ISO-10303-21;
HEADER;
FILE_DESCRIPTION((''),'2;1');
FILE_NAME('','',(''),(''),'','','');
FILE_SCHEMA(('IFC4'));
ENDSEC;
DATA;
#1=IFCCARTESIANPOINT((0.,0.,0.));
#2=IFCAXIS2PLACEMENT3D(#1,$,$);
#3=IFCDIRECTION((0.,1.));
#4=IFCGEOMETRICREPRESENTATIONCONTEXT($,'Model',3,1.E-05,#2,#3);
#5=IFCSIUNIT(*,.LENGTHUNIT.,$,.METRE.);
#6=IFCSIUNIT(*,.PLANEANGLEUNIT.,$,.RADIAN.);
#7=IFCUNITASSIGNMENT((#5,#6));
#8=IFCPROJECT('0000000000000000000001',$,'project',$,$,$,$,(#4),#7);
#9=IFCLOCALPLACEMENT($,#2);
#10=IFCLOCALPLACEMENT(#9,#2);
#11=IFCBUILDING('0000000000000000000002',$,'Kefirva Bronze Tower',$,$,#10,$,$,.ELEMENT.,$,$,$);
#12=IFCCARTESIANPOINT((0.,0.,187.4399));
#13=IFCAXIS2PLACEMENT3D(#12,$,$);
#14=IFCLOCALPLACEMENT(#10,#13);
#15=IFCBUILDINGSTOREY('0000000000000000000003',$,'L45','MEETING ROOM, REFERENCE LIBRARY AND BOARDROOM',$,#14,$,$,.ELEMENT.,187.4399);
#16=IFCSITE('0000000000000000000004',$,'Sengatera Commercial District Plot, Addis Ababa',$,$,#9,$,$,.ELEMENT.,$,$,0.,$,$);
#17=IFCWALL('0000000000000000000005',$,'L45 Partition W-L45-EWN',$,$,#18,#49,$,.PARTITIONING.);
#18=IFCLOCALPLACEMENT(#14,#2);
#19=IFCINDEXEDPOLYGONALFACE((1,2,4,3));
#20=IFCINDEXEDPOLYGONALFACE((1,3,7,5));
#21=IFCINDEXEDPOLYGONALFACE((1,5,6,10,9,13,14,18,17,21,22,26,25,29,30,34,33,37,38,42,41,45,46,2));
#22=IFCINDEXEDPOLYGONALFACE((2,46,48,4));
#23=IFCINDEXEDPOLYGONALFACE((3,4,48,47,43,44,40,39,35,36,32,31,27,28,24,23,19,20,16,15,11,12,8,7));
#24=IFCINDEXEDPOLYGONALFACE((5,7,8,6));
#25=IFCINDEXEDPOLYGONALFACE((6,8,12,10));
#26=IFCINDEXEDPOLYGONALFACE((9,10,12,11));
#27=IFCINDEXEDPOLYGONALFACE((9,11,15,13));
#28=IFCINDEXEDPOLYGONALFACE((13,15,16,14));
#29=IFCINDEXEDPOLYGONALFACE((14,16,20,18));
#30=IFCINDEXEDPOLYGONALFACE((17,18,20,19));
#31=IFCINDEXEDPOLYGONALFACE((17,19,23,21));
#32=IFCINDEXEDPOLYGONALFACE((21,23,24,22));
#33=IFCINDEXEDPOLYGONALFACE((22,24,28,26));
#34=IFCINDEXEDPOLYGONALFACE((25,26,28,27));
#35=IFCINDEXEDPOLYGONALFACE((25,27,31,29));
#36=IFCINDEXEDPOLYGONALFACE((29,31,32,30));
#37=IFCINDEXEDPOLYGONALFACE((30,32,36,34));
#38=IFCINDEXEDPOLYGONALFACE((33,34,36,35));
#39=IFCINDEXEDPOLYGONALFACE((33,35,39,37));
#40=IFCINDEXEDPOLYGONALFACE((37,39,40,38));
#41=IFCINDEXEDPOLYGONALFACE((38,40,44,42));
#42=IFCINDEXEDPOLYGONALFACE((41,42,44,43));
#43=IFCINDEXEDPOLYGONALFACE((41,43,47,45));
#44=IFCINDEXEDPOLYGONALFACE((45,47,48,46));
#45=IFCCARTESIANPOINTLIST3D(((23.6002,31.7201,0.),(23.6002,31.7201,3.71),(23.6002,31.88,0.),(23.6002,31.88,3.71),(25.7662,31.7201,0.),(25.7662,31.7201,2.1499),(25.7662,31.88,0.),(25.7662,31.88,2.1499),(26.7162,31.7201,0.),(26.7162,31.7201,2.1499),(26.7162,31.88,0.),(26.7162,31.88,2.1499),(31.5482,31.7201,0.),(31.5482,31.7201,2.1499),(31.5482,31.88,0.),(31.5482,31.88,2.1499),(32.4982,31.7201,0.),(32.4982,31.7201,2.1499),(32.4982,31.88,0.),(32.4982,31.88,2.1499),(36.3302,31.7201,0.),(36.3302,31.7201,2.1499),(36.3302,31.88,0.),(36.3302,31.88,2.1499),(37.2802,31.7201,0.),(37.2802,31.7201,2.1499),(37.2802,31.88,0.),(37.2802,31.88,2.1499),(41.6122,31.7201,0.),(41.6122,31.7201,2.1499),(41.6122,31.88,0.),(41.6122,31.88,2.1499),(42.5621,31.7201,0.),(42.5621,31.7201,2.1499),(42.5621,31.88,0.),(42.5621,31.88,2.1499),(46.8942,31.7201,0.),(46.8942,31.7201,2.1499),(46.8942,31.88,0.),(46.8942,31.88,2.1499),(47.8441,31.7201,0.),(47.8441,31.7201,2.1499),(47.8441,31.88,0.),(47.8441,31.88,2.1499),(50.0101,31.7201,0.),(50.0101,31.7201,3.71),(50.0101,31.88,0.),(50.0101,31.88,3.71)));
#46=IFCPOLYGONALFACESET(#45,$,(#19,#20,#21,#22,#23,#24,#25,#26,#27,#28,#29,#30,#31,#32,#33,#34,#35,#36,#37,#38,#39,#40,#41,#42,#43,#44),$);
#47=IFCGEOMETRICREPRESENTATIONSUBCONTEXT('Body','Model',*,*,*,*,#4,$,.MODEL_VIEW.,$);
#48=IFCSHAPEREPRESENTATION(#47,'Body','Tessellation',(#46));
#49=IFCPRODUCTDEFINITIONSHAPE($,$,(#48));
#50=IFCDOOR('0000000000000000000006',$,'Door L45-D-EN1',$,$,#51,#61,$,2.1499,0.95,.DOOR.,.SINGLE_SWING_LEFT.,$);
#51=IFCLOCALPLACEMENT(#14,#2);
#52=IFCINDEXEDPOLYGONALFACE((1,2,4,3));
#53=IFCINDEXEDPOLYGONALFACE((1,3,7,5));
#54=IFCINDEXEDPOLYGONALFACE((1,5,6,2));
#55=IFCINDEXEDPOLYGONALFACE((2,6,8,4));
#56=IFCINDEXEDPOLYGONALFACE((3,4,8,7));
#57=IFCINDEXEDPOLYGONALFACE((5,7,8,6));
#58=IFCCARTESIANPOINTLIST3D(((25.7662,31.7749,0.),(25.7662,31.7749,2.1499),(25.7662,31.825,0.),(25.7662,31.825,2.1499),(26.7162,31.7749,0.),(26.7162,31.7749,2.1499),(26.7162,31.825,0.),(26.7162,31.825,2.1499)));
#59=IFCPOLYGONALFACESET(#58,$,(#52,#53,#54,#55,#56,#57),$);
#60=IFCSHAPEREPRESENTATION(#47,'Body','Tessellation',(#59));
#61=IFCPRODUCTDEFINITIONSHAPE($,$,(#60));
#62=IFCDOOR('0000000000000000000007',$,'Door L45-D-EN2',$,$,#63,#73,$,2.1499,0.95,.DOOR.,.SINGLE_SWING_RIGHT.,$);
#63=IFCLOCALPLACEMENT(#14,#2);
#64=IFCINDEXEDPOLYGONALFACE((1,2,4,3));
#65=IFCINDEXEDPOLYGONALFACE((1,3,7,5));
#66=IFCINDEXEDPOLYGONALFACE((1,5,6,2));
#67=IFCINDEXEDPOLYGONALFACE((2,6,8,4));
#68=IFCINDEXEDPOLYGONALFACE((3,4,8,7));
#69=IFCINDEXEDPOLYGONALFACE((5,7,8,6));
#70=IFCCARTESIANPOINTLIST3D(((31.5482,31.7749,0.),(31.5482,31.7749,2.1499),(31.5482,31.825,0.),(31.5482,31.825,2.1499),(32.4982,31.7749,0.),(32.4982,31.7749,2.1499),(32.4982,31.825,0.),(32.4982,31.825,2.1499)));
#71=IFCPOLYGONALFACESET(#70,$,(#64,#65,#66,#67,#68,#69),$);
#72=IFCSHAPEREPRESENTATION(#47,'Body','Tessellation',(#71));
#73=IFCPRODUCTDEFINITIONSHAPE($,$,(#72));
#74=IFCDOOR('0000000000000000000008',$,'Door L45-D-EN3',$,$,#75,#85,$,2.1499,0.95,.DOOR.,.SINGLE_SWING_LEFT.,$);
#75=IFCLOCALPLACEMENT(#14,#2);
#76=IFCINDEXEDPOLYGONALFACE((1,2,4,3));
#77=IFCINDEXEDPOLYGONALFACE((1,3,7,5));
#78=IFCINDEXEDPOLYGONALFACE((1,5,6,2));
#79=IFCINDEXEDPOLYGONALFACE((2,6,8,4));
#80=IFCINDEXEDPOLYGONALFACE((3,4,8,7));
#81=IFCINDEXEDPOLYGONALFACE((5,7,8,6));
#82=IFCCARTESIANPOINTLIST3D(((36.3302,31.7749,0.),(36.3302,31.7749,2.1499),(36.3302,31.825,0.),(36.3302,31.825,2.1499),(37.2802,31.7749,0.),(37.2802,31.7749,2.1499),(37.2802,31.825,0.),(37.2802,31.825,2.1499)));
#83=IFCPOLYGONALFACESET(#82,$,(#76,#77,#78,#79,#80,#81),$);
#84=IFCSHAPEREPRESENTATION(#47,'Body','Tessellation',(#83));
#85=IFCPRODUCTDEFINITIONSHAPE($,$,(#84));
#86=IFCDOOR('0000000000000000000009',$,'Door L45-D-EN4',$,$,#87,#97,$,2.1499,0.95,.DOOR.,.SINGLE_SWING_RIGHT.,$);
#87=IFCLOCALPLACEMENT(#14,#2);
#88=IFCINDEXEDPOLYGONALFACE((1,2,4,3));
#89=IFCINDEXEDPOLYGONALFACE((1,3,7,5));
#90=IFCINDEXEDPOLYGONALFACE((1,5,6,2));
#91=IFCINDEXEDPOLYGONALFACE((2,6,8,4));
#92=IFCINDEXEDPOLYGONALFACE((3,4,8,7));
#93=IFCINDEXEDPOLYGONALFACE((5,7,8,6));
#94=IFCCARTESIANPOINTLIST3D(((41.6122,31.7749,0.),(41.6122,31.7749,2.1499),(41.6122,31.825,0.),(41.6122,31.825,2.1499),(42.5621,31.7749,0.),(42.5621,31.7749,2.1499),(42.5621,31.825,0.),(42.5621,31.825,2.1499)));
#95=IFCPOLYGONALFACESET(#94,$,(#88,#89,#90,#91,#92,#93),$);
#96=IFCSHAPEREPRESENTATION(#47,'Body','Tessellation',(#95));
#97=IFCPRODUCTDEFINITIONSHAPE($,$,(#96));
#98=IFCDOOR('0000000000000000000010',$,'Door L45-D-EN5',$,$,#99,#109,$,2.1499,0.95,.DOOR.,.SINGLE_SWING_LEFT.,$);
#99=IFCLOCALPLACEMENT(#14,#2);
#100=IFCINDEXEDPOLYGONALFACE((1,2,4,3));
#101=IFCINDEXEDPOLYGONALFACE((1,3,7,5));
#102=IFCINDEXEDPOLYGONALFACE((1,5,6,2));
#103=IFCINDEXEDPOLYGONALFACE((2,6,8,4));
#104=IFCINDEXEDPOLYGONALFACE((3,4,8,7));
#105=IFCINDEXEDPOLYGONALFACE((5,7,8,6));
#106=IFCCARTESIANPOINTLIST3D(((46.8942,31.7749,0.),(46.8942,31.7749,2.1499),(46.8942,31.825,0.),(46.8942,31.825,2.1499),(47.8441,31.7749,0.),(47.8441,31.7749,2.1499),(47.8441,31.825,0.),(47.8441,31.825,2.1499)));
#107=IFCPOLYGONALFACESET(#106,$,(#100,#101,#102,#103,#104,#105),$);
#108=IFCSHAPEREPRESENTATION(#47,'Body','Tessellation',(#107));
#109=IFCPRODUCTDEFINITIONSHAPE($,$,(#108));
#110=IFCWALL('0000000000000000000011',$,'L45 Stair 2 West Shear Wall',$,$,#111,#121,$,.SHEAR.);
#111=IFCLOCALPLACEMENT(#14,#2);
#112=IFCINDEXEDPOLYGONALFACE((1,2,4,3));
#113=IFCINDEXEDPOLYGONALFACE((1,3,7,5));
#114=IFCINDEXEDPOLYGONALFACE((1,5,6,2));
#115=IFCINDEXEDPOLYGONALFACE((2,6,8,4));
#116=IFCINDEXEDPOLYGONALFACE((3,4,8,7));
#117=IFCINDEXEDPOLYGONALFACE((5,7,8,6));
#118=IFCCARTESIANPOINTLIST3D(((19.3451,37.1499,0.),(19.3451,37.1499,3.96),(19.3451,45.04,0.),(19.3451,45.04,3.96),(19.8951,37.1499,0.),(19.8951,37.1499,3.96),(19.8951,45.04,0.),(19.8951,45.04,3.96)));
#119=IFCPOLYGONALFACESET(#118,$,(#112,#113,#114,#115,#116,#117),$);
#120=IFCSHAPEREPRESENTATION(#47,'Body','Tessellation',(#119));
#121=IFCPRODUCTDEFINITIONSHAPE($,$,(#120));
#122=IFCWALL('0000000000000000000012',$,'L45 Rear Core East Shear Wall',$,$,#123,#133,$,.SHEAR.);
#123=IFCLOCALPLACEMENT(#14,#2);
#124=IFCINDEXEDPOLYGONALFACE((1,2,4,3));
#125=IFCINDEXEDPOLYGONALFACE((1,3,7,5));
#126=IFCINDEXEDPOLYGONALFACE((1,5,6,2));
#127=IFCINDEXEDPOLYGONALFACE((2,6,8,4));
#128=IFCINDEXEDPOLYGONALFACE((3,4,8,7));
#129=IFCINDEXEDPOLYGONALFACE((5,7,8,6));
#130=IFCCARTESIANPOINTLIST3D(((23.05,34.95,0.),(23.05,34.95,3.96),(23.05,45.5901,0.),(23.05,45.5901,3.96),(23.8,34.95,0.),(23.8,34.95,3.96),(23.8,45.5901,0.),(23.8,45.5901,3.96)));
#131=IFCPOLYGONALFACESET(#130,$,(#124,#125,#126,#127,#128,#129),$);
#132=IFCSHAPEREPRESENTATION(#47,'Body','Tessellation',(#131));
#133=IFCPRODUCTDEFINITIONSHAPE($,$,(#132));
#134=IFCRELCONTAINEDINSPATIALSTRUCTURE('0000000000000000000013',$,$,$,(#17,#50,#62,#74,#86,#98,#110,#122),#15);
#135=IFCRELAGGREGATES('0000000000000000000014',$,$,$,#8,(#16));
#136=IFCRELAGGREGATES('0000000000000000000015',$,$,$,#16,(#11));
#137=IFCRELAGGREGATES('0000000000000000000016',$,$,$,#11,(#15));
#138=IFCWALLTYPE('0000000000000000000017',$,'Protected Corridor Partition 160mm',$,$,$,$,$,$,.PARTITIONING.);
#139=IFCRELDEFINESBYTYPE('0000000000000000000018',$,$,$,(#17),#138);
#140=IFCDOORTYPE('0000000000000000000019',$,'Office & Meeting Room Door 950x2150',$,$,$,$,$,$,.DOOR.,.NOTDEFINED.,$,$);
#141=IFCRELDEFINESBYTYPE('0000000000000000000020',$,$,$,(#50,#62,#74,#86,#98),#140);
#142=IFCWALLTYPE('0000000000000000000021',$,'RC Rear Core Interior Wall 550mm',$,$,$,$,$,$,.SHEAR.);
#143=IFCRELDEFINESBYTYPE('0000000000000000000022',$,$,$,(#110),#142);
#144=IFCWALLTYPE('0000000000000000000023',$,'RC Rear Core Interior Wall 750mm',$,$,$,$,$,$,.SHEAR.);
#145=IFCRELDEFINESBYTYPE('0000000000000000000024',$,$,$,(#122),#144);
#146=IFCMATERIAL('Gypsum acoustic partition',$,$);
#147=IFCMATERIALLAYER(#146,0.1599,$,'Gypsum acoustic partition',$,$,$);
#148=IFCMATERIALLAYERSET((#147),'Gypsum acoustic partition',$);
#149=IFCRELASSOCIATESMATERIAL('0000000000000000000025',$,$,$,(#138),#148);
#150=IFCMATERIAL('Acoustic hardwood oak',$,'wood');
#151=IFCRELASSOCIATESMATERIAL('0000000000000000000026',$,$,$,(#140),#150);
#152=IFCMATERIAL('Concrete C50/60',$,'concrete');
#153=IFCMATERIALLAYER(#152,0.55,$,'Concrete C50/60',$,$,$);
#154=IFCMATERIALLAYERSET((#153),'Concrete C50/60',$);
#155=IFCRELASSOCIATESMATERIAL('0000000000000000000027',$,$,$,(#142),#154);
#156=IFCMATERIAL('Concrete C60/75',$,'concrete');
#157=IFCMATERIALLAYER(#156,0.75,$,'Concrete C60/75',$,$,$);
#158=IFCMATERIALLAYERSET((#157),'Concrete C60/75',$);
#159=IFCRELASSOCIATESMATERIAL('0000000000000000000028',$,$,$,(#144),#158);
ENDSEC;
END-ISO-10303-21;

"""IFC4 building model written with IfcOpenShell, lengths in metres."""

from ifc_helpers import new_model, si_unit, direction, frame, frame_2d, origin, place, context, subcontext, project, spatial, rectangle, extrude, material, layer, layer_set, type_object, element, fill, save


model = new_model("IFC4")

# Units and contexts
model_context = context("Model", 3, precision=1e-05, world=origin(), true_north=direction((0.0, 1.0)))
body_context = subcontext(model_context, "Body", "Model", "MODEL_VIEW")
ifc_project = project(units=[si_unit("LENGTHUNIT", "METRE"), si_unit("PLANEANGLEUNIT", "RADIAN")], contexts=[model_context])

# Site, building, storey
site_placement = place(None, origin())
site = spatial("IfcSite", under=ifc_project, at=site_placement, Name="Sengatera Commercial District Plot, Addis Ababa", CompositionType="ELEMENT", RefElevation=0.0)
building_placement = place(site_placement, origin())
building = spatial("IfcBuilding", under=site, at=building_placement, Name="Kefirva Bronze Tower", CompositionType="ELEMENT")
storey_placement = place(building_placement, frame((0.0, 0.0, 187.4399)))
storey = spatial("IfcBuildingStorey", under=building, at=storey_placement, Name="L45", Description="MEETING ROOM, REFERENCE LIBRARY AND BOARDROOM", CompositionType="ELEMENT", Elevation=187.4399)

# Shared definitions
ifc_material_1 = material(Name="Concrete C60/75", Category="concrete")

# Shared definitions
ifc_material_2 = material(Name="Gypsum acoustic partition")

# Shared definitions
ifc_layer_1 = layer(ifc_material_2, 0.1599, Name="Gypsum acoustic partition")
ifc_layer_set_1 = layer_set([ifc_layer_1], Name="Gypsum acoustic partition")
wall_type_1 = type_object("IfcWallType", Name="Protected Corridor Partition 160mm", PredefinedType="PARTITIONING", material=ifc_layer_set_1)
ifc_material_3 = material(Name="Acoustic hardwood oak", Category="wood")
door_type_1 = type_object("IfcDoorType", Name="Office & Meeting Room Door 950x2150", OperationType="NOTDEFINED", PredefinedType="DOOR", material=ifc_material_3)

# Wall, openings, doors
wall_1_placement = place(storey_placement, frame((23.6001, 31.8, 0.0), z_axis=(0.0, 0.0, 1.0), x_axis=(1.0, 0.0, 0.0)))
wall_1 = element("IfcWall", 1, at=wall_1_placement, inside=storey, type_object=wall_type_1, Name="L45 Partition W-L45-EWN", PredefinedType="PARTITIONING", context=body_context, shape_type="SweptSolid", body=[
    extrude(rectangle(XDim=26.4099, YDim=0.1599, at=frame_2d((13.2051, 0.0))), origin(), (0.0, 0.0, 1.0), 3.71),
])
opening_1_placement = place(wall_1_placement, frame((2.166, 0.0, 0.0)))
opening_1 = element("IfcOpeningElement", 2, at=opening_1_placement, cuts=wall_1, PredefinedType="OPENING", context=body_context, shape_type="SweptSolid", body=[
    extrude(rectangle(XDim=0.95, YDim=2.1499, at=frame_2d((0.4751, 1.075))), frame((0.0, 0.0898, 0.0), z_axis=(0.0, -1.0, 0.0), x_axis=(1.0, 0.0, 0.0)), (0.0, 0.0, 1.0), 0.1799),
])
opening_2_placement = place(wall_1_placement, frame((7.948, 0.0, 0.0)))
opening_2 = element("IfcOpeningElement", 3, at=opening_2_placement, cuts=wall_1, PredefinedType="OPENING", context=body_context, shape_type="SweptSolid", body=[
    extrude(rectangle(XDim=0.95, YDim=2.1499, at=frame_2d((0.4751, 1.075))), frame((0.0, 0.0898, 0.0), z_axis=(0.0, -1.0, 0.0), x_axis=(1.0, 0.0, 0.0)), (0.0, 0.0, 1.0), 0.1799),
])
opening_3_placement = place(wall_1_placement, frame((12.73, 0.0, 0.0)))
opening_3 = element("IfcOpeningElement", 4, at=opening_3_placement, cuts=wall_1, PredefinedType="OPENING", context=body_context, shape_type="SweptSolid", body=[
    extrude(rectangle(XDim=0.95, YDim=2.1499, at=frame_2d((0.4751, 1.075))), frame((0.0, 0.0898, 0.0), z_axis=(0.0, -1.0, 0.0), x_axis=(1.0, 0.0, 0.0)), (0.0, 0.0, 1.0), 0.1799),
])
opening_4_placement = place(wall_1_placement, frame((18.012, 0.0, 0.0)))
opening_4 = element("IfcOpeningElement", 5, at=opening_4_placement, cuts=wall_1, PredefinedType="OPENING", context=body_context, shape_type="SweptSolid", body=[
    extrude(rectangle(XDim=0.95, YDim=2.1499, at=frame_2d((0.4751, 1.075))), frame((0.0, 0.0898, 0.0), z_axis=(0.0, -1.0, 0.0), x_axis=(1.0, 0.0, 0.0)), (0.0, 0.0, 1.0), 0.1799),
])
opening_5_placement = place(wall_1_placement, frame((23.2939, 0.0, 0.0)))
opening_5 = element("IfcOpeningElement", 6, at=opening_5_placement, cuts=wall_1, PredefinedType="OPENING", context=body_context, shape_type="SweptSolid", body=[
    extrude(rectangle(XDim=0.95, YDim=2.1499, at=frame_2d((0.4751, 1.075))), frame((0.0, 0.0898, 0.0), z_axis=(0.0, -1.0, 0.0), x_axis=(1.0, 0.0, 0.0)), (0.0, 0.0, 1.0), 0.1799),
])
door_1_placement = place(opening_1_placement, origin())
door_1 = element("IfcDoor", 7, at=door_1_placement, inside=storey, type_object=door_type_1, Name="Door L45-D-EN1", OperationType="SINGLE_SWING_LEFT", OverallHeight=2.1499, OverallWidth=0.95, PredefinedType="DOOR", context=body_context, shape_type="SweptSolid", body=[
    extrude(rectangle(XDim=0.95, YDim=2.1499, at=frame_2d((0.4751, 1.075))), frame((0.0, 0.0249, 0.0), z_axis=(0.0, -1.0, 0.0), x_axis=(1.0, 0.0, 0.0)), (0.0, 0.0, 1.0), 0.05),
])
fill(opening_1, door_1)
door_2_placement = place(opening_2_placement, origin())
door_2 = element("IfcDoor", 8, at=door_2_placement, inside=storey, type_object=door_type_1, Name="Door L45-D-EN2", OperationType="SINGLE_SWING_RIGHT", OverallHeight=2.1499, OverallWidth=0.95, PredefinedType="DOOR", context=body_context, shape_type="SweptSolid", body=[
    extrude(rectangle(XDim=0.95, YDim=2.1499, at=frame_2d((0.4751, 1.075))), frame((0.0, 0.0249, 0.0), z_axis=(0.0, -1.0, 0.0), x_axis=(1.0, 0.0, 0.0)), (0.0, 0.0, 1.0), 0.05),
])
fill(opening_2, door_2)
door_3_placement = place(opening_3_placement, origin())
door_3 = element("IfcDoor", 9, at=door_3_placement, inside=storey, type_object=door_type_1, Name="Door L45-D-EN3", OperationType="SINGLE_SWING_LEFT", OverallHeight=2.1499, OverallWidth=0.95, PredefinedType="DOOR", context=body_context, shape_type="SweptSolid", body=[
    extrude(rectangle(XDim=0.95, YDim=2.1499, at=frame_2d((0.4751, 1.075))), frame((0.0, 0.0249, 0.0), z_axis=(0.0, -1.0, 0.0), x_axis=(1.0, 0.0, 0.0)), (0.0, 0.0, 1.0), 0.05),
])
fill(opening_3, door_3)
door_4_placement = place(opening_4_placement, origin())
door_4 = element("IfcDoor", 10, at=door_4_placement, inside=storey, type_object=door_type_1, Name="Door L45-D-EN4", OperationType="SINGLE_SWING_RIGHT", OverallHeight=2.1499, OverallWidth=0.95, PredefinedType="DOOR", context=body_context, shape_type="SweptSolid", body=[
    extrude(rectangle(XDim=0.95, YDim=2.1499, at=frame_2d((0.4751, 1.075))), frame((0.0, 0.0249, 0.0), z_axis=(0.0, -1.0, 0.0), x_axis=(1.0, 0.0, 0.0)), (0.0, 0.0, 1.0), 0.05),
])
fill(opening_4, door_4)
door_5_placement = place(opening_5_placement, origin())
door_5 = element("IfcDoor", 11, at=door_5_placement, inside=storey, type_object=door_type_1, Name="Door L45-D-EN5", OperationType="SINGLE_SWING_LEFT", OverallHeight=2.1499, OverallWidth=0.95, PredefinedType="DOOR", context=body_context, shape_type="SweptSolid", body=[
    extrude(rectangle(XDim=0.95, YDim=2.1499, at=frame_2d((0.4751, 1.075))), frame((0.0, 0.0249, 0.0), z_axis=(0.0, -1.0, 0.0), x_axis=(1.0, 0.0, 0.0)), (0.0, 0.0, 1.0), 0.05),
])
fill(opening_5, door_5)

# Walls
ifc_material_4 = material(Name="Concrete C50/60", Category="concrete")
ifc_layer_2 = layer(ifc_material_4, 0.55, Name="Concrete C50/60")
ifc_layer_set_2 = layer_set([ifc_layer_2], Name="Concrete C50/60")
wall_type_2 = type_object("IfcWallType", Name="RC Rear Core Interior Wall 550mm", PredefinedType="SHEAR", material=ifc_layer_set_2)
wall_2_placement = place(storey_placement, frame((19.6201, 37.1499, 0.0), z_axis=(0.0, 0.0, 1.0), x_axis=(0.0, 1.0, 0.0)))
element("IfcWall", 12, at=wall_2_placement, inside=storey, type_object=wall_type_2, Name="L45 Stair 2 West Shear Wall", PredefinedType="SHEAR", context=body_context, shape_type="SweptSolid", body=[
    extrude(rectangle(XDim=7.8901, YDim=0.55, at=frame_2d((3.9451, 0.0))), origin(), (0.0, 0.0, 1.0), 3.96),
])
ifc_layer_3 = layer(ifc_material_1, 0.75, Name="Concrete C60/75")
ifc_layer_set_3 = layer_set([ifc_layer_3], Name="Concrete C60/75")
wall_type_3 = type_object("IfcWallType", Name="RC Rear Core Interior Wall 750mm", PredefinedType="SHEAR", material=ifc_layer_set_3)
wall_3_placement = place(storey_placement, frame((23.425, 34.95, 0.0), z_axis=(0.0, 0.0, 1.0), x_axis=(0.0, 1.0, 0.0)))
element("IfcWall", 13, at=wall_3_placement, inside=storey, type_object=wall_type_3, Name="L45 Rear Core East Shear Wall", PredefinedType="SHEAR", context=body_context, shape_type="SweptSolid", body=[
    extrude(rectangle(XDim=10.6401, YDim=0.75, at=frame_2d((5.3201, 0.0))), origin(), (0.0, 0.0, 1.0), 3.96),
])

save(model, "model.ifc")
